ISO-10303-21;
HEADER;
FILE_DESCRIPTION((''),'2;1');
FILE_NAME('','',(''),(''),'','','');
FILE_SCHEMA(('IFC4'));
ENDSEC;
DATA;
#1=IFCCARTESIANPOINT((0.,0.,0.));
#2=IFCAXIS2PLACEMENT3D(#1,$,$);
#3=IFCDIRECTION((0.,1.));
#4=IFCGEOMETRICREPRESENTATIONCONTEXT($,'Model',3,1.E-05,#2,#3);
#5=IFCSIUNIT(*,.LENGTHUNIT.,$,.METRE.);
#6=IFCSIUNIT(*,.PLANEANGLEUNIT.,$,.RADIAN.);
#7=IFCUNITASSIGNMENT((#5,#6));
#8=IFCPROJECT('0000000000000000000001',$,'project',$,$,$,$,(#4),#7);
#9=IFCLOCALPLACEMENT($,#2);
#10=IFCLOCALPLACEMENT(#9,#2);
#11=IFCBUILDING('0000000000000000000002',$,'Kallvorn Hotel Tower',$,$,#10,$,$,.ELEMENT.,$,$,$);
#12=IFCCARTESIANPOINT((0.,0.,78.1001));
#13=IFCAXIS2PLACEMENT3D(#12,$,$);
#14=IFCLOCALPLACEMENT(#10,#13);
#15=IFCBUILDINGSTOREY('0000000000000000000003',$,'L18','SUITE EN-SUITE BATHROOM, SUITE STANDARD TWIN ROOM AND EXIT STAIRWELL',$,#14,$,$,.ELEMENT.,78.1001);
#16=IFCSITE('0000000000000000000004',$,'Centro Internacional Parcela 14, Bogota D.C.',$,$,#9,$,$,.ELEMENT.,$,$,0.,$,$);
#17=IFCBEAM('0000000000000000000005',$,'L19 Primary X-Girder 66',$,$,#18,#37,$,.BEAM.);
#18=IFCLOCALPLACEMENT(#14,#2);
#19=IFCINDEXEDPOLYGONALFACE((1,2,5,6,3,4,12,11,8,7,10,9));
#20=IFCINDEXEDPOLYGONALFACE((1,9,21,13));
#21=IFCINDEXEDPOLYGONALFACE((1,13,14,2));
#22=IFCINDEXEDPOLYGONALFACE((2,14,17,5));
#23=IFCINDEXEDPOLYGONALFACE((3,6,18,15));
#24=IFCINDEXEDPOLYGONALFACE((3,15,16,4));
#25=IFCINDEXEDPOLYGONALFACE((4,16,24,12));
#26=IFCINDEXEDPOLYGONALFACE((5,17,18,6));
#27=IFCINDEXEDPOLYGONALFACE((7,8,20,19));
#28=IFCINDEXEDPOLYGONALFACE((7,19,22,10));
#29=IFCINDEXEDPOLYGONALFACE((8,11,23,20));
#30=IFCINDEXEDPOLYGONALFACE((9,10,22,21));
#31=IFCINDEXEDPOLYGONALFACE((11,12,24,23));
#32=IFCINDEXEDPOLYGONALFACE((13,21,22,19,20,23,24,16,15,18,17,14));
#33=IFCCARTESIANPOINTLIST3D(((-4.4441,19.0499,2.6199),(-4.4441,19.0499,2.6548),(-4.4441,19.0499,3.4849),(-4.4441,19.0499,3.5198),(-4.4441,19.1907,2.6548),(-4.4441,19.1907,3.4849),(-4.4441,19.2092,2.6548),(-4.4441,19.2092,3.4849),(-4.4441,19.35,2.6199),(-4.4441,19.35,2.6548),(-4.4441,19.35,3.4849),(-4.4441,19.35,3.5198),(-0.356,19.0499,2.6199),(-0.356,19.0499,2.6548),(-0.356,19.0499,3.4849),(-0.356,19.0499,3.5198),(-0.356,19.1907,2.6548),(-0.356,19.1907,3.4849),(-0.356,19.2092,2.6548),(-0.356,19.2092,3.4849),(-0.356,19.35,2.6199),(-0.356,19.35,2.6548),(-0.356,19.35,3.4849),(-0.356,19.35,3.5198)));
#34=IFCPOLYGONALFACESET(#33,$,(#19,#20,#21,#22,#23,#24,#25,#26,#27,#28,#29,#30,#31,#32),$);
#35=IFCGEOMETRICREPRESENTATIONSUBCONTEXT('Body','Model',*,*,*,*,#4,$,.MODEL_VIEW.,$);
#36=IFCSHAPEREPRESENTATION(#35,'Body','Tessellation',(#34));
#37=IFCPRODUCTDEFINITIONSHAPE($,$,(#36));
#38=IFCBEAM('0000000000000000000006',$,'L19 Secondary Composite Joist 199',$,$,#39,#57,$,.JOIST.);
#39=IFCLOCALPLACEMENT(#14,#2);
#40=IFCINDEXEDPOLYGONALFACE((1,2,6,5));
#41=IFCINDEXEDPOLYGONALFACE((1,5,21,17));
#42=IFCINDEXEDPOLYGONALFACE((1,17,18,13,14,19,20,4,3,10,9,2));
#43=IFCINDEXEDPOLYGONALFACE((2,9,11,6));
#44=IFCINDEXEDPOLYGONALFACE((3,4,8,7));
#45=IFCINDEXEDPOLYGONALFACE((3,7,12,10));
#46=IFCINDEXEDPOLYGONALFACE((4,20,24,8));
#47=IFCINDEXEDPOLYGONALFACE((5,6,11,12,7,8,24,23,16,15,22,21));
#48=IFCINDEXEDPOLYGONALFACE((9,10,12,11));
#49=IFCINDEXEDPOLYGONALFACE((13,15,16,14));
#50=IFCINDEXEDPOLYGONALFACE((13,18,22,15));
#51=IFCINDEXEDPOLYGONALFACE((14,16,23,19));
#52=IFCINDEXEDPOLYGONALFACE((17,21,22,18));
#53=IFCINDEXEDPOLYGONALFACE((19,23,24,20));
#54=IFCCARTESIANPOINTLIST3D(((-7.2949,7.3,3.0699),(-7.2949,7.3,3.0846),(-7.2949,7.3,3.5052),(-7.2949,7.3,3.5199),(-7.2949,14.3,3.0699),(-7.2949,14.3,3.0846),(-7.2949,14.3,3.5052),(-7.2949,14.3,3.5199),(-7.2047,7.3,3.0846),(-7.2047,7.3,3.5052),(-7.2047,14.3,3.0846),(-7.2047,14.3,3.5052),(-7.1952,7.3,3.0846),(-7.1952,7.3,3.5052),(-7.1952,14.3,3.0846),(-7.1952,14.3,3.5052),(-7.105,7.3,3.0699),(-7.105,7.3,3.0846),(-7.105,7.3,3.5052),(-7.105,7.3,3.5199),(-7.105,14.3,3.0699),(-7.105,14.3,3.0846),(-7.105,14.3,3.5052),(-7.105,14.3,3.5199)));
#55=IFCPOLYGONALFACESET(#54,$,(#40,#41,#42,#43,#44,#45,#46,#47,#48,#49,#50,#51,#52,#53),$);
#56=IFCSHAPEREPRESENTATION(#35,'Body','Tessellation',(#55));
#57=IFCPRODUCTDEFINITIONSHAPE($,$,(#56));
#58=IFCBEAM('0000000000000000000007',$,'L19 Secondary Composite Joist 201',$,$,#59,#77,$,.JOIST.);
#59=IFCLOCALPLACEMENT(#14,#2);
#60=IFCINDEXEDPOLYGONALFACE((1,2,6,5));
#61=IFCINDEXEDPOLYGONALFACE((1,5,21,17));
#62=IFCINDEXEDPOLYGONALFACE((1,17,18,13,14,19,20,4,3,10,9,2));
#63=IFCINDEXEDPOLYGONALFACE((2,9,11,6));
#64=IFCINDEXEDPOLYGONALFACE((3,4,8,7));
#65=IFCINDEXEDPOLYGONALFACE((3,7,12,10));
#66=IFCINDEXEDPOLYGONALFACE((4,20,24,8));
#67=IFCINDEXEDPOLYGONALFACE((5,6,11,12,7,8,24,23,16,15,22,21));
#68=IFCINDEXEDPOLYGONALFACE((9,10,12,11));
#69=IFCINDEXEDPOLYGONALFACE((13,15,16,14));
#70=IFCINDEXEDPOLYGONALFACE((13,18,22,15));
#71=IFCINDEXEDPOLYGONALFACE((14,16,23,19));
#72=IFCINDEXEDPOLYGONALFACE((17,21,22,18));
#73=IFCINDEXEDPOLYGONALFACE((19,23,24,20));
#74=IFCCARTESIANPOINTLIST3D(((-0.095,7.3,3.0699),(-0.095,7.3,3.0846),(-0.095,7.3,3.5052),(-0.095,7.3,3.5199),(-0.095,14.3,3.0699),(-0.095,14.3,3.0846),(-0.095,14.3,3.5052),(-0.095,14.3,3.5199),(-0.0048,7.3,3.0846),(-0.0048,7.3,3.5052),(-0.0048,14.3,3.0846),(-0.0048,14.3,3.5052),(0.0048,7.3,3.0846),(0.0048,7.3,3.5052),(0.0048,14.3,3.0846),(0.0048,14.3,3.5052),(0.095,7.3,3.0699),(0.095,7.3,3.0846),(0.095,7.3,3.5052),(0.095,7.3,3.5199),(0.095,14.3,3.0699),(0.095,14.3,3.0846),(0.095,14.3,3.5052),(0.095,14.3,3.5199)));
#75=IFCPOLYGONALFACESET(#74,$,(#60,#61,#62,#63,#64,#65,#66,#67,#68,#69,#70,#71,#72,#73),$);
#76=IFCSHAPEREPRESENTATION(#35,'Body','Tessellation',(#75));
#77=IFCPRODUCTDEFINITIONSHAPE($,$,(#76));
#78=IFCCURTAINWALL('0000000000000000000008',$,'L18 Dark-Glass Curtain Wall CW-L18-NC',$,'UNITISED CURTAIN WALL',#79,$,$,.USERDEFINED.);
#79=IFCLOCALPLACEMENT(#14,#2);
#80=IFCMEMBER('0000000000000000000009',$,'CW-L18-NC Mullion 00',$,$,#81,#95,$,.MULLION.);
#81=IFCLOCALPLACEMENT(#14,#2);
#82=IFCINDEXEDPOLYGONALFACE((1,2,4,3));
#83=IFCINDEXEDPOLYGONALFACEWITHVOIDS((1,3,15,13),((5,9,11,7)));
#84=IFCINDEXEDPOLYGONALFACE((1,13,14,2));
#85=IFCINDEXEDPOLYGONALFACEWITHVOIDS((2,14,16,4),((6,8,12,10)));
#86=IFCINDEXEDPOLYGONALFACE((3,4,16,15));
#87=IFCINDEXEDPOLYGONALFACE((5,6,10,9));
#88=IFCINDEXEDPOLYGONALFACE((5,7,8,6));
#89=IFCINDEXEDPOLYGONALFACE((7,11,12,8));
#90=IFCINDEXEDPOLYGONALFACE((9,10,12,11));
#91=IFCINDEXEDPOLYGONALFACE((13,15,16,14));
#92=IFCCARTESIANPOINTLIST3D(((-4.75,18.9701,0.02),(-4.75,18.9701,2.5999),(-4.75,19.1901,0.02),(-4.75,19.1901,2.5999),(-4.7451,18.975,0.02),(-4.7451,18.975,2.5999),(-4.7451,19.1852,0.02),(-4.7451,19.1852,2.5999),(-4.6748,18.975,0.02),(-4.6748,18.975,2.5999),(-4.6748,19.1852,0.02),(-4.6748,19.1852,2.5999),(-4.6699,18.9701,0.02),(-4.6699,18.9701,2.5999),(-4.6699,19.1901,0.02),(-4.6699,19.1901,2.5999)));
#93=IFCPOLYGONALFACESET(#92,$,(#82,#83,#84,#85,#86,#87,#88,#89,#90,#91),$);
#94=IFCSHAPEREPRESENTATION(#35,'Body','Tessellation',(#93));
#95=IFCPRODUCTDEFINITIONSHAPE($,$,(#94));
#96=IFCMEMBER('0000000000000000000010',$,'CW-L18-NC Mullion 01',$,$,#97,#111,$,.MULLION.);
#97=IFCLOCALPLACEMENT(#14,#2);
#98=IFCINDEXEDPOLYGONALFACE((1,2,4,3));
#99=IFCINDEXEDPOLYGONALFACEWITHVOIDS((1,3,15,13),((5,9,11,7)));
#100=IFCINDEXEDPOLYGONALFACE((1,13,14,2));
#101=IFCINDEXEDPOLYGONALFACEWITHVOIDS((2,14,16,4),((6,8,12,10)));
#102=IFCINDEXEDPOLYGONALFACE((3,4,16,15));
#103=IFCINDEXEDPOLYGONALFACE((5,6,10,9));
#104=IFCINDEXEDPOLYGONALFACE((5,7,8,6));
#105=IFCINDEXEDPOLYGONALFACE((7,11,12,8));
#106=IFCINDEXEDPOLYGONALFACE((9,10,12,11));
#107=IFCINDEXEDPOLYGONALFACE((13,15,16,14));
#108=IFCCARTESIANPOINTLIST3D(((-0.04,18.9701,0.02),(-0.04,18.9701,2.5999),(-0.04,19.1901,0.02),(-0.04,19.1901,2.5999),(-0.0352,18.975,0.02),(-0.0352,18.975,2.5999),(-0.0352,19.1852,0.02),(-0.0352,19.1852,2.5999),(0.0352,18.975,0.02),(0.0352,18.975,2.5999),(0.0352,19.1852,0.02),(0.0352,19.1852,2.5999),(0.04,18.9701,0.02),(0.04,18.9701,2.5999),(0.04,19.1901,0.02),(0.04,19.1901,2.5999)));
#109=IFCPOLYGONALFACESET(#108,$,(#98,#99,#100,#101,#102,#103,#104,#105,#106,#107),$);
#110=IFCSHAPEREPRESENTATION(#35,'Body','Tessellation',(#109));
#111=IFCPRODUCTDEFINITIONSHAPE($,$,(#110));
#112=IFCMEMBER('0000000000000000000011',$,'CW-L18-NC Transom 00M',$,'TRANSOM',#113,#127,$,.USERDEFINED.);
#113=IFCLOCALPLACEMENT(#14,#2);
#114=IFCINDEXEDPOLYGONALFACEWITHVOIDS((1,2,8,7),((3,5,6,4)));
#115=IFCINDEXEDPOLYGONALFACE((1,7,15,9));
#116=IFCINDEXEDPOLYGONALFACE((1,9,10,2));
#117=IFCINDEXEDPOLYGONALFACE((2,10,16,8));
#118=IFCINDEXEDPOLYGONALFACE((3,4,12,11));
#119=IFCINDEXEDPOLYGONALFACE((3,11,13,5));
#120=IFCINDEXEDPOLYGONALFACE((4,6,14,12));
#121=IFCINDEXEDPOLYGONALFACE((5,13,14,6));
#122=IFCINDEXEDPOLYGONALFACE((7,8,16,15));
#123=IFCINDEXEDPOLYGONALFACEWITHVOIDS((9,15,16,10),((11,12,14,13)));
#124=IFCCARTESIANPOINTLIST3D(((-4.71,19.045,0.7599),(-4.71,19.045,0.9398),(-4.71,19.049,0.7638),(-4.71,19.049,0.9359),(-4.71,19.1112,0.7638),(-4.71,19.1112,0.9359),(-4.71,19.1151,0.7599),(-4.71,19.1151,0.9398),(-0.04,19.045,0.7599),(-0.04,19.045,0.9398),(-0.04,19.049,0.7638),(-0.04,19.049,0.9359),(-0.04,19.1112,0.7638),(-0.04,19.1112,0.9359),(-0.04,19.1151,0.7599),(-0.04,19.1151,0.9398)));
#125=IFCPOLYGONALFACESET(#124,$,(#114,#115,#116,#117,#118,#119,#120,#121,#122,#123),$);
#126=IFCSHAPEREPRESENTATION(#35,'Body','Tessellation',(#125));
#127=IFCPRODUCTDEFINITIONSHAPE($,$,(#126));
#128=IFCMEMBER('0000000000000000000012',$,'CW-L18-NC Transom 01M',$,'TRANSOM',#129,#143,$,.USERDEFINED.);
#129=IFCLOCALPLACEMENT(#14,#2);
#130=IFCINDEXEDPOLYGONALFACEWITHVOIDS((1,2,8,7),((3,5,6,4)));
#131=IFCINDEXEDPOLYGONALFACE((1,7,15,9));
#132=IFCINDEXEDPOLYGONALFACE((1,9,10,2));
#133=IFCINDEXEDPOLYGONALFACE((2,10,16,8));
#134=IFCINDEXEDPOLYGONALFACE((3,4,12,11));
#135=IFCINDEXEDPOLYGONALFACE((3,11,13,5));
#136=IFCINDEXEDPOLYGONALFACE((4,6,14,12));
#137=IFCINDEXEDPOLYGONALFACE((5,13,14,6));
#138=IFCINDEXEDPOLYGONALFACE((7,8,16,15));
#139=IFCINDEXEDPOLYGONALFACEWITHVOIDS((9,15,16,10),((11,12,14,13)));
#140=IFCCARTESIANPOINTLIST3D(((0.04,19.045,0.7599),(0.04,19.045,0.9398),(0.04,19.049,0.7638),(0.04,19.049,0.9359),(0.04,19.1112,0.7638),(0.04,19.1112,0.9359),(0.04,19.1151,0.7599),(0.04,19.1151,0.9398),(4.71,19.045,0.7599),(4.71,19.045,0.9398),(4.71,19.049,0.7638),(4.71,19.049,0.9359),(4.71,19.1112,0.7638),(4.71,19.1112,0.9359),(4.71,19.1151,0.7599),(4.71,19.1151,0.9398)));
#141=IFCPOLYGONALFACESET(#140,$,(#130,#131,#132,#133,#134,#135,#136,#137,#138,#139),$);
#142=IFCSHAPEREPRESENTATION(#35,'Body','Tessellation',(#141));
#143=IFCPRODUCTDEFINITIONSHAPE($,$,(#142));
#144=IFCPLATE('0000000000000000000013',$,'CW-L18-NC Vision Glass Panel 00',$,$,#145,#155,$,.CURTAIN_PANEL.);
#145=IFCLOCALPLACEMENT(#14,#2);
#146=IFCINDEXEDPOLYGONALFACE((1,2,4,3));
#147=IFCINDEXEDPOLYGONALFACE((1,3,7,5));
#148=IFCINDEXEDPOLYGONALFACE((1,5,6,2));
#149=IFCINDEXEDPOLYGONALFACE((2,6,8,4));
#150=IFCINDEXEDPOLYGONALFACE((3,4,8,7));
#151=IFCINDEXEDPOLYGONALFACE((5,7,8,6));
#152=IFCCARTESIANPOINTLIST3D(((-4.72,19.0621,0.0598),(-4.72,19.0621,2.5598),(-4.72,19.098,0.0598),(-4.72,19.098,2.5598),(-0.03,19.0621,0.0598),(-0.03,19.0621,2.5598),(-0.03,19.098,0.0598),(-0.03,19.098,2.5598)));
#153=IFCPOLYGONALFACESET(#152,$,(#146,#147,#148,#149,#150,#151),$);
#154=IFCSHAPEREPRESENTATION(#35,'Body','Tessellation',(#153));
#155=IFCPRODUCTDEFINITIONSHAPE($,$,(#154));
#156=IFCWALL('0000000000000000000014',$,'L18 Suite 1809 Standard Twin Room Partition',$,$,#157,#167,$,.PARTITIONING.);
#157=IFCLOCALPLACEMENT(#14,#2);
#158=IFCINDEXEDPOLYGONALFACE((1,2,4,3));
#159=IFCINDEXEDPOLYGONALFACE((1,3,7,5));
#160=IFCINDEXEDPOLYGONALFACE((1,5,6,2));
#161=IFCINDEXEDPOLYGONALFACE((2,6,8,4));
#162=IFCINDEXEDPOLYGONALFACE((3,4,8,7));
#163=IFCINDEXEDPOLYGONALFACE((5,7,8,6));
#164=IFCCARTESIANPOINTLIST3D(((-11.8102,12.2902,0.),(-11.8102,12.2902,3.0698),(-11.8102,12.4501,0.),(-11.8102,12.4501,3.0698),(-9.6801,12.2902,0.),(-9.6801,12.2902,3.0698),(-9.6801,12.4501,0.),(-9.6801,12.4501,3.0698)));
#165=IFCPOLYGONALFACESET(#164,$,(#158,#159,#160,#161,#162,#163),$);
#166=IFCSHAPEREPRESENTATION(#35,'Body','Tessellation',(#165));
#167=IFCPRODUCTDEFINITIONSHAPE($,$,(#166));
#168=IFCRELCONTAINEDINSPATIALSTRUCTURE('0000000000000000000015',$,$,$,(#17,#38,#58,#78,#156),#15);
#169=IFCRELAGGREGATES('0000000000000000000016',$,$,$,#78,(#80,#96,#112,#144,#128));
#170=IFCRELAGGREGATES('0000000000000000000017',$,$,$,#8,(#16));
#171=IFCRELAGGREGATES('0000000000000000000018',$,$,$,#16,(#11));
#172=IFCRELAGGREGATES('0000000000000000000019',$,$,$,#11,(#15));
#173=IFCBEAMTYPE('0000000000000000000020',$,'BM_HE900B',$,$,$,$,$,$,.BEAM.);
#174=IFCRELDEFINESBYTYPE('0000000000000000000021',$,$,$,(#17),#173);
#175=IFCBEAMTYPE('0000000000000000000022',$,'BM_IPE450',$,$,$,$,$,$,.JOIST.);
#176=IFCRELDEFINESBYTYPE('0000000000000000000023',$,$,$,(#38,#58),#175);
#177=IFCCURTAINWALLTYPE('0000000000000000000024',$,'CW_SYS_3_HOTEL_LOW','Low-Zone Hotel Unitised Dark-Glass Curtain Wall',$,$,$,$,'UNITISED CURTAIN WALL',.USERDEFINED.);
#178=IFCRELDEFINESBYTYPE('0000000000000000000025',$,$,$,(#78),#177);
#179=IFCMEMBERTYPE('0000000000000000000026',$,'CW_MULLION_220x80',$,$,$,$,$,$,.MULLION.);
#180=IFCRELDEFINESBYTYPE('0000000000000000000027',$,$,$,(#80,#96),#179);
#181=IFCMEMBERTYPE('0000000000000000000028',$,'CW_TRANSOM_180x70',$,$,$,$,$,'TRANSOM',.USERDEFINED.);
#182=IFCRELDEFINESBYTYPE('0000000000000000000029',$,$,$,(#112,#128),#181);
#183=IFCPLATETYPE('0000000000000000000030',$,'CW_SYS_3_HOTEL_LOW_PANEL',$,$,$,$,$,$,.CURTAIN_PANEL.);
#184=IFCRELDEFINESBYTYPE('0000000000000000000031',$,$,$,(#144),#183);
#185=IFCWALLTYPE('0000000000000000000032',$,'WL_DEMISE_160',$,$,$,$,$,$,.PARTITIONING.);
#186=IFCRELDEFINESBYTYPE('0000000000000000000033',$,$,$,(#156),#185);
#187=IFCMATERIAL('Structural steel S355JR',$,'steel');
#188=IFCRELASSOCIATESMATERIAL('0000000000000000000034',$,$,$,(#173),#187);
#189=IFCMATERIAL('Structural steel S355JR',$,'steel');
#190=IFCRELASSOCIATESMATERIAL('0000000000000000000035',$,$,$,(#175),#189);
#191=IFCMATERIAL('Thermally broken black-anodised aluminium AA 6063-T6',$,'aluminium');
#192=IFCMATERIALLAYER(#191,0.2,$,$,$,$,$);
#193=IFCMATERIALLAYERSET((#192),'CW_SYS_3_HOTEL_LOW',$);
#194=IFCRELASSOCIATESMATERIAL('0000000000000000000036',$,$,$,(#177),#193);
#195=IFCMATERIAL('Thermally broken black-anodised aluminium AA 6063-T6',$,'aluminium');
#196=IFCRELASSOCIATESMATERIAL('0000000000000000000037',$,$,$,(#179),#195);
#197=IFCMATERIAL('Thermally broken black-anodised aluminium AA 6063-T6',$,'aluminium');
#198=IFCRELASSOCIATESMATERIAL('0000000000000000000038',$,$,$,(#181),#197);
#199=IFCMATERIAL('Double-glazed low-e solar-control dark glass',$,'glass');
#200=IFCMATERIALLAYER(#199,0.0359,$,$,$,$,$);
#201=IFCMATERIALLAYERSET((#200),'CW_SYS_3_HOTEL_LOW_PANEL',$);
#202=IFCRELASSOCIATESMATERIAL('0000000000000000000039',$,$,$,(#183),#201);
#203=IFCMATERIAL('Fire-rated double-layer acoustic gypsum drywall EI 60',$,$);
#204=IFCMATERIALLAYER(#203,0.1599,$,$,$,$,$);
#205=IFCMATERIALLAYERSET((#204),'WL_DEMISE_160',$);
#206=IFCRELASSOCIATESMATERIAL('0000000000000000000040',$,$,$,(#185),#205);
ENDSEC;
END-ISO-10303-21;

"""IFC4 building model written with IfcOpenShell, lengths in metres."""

from ifc_helpers import new_model, si_unit, direction, frame, frame_2d, origin, origin_2d, place, context, subcontext, project, spatial, rectangle, hollow_rectangle, i_section, extrude, material, layer, layer_set, material_profile, profile_set, type_object, element, aggregate, save


model = new_model("IFC4")

# Units and contexts
model_context = context("Model", 3, precision=1e-05, world=origin(), true_north=direction((0.0, 1.0)))
body_context = subcontext(model_context, "Body", "Model", "MODEL_VIEW")
ifc_project = project(units=[si_unit("LENGTHUNIT", "METRE"), si_unit("PLANEANGLEUNIT", "RADIAN")], contexts=[model_context])

# Site, building, storey
site_placement = place(None, origin())
site = spatial("IfcSite", under=ifc_project, at=site_placement, Name="Centro Internacional Parcela 14, Bogota D.C.", CompositionType="ELEMENT", RefElevation=0.0)
building_placement = place(site_placement, origin())
building = spatial("IfcBuilding", under=site, at=building_placement, Name="Kallvorn Hotel Tower", CompositionType="ELEMENT")
storey_placement = place(building_placement, frame((0.0, 0.0, 78.1001)))
storey = spatial("IfcBuildingStorey", under=building, at=storey_placement, Name="L18", Description="SUITE EN-SUITE BATHROOM, SUITE STANDARD TWIN ROOM AND EXIT STAIRWELL", CompositionType="ELEMENT", Elevation=78.1001)

# Beams
ifc_material_1 = material(Name="Structural steel S355JR", Category="steel")
ifc_material_profile_1 = material_profile(ifc_material_1, i_section(OverallWidth=0.3, OverallDepth=0.8999, WebThickness=0.0186, FlangeThickness=0.0349, at=origin_2d()), Name="HE 900 B")
ifc_profile_set_1 = profile_set([ifc_material_profile_1], Name="Structural steel S355JR")
beam_type_1 = type_object("IfcBeamType", Name="BM_HE900B", PredefinedType="BEAM", material=ifc_profile_set_1)
beam_1_placement = place(storey_placement, frame((-4.4441, 19.2, 3.0698), z_axis=(1.0, 0.0, 0.0), x_axis=(0.0, 1.0, 0.0)))
element("IfcBeam", 1, at=beam_1_placement, inside=storey, type_object=beam_type_1, Name="L19 Primary X-Girder 66", PredefinedType="BEAM", context=body_context, shape_type="SweptSolid", body=[
    extrude(i_section(OverallWidth=0.3, OverallDepth=0.8999, WebThickness=0.0186, FlangeThickness=0.0349, at=origin_2d()), origin(), (0.0, 0.0, 1.0), 4.0881),
])
ifc_material_2 = material(Name="Structural steel S355JR", Category="steel")
ifc_material_profile_2 = material_profile(ifc_material_2, i_section(OverallWidth=0.1899, OverallDepth=0.45, WebThickness=0.0095, FlangeThickness=0.0146, at=origin_2d()), Name="IPE 450")
ifc_profile_set_2 = profile_set([ifc_material_profile_2], Name="Structural steel S355JR")
beam_type_2 = type_object("IfcBeamType", Name="BM_IPE450", PredefinedType="JOIST", material=ifc_profile_set_2)
for number, where, z_axis, x_axis, name in (
    (2, (-7.2, 7.3, 3.2949), (0.0, 1.0, 0.0), (-1.0, 0.0, 0.0), "L19 Secondary Composite Joist 199"),
    (3, (0.0, 7.3, 3.2949), (0.0, 1.0, 0.0), (-1.0, 0.0, 0.0), "L19 Secondary Composite Joist 201"),
):
    element("IfcBeam", number, at=place(storey_placement, frame(where, z_axis=z_axis, x_axis=x_axis)), inside=storey, type_object=beam_type_2, Name=name, PredefinedType="JOIST", context=body_context, shape_type="SweptSolid", body=[
        extrude(i_section(OverallWidth=0.1899, OverallDepth=0.45, WebThickness=0.0095, FlangeThickness=0.0146, at=origin_2d()), origin(), (0.0, 0.0, 1.0), 7.0),
    ])

# Curtain wall, members, plate
ifc_material_3 = material(Name="Thermally broken black-anodised aluminium AA 6063-T6", Category="aluminium")
ifc_layer_1 = layer(ifc_material_3, 0.2)
ifc_layer_set_1 = layer_set([ifc_layer_1], Name="CW_SYS_3_HOTEL_LOW")
curtain_wall_type = type_object("IfcCurtainWallType", Name="CW_SYS_3_HOTEL_LOW", Description="Low-Zone Hotel Unitised Dark-Glass Curtain Wall", ElementType="UNITISED CURTAIN WALL", PredefinedType="USERDEFINED", material=ifc_layer_set_1)
curtain_wall_placement = place(storey_placement, origin())
curtain_wall = element("IfcCurtainWall", 4, at=curtain_wall_placement, inside=storey, type_object=curtain_wall_type, Name="L18 Dark-Glass Curtain Wall CW-L18-NC", ObjectType="UNITISED CURTAIN WALL", PredefinedType="USERDEFINED")
ifc_material_4 = material(Name="Thermally broken black-anodised aluminium AA 6063-T6", Category="aluminium")
ifc_material_profile_3 = material_profile(ifc_material_4, hollow_rectangle(XDim=0.0801, YDim=0.22, WallThickness=0.0049, at=origin_2d()), Name="MUL 220x80")
ifc_profile_set_3 = profile_set([ifc_material_profile_3], Name="Thermally broken black-anodised aluminium AA 6063-T6")
member_type_1 = type_object("IfcMemberType", Name="CW_MULLION_220x80", PredefinedType="MULLION", material=ifc_profile_set_3)
member_1_placement = place(storey_placement, frame((-4.71, 19.0801, 0.02), z_axis=(0.0, 0.0, 1.0), x_axis=(1.0, 0.0, 0.0)))
member_1 = element("IfcMember", 5, at=member_1_placement, type_object=member_type_1, Name="CW-L18-NC Mullion 00", PredefinedType="MULLION", context=body_context, shape_type="SweptSolid", body=[
    extrude(hollow_rectangle(XDim=0.0801, YDim=0.22, WallThickness=0.0049, at=origin_2d()), origin(), (0.0, 0.0, 1.0), 2.5798),
])
member_2_placement = place(storey_placement, frame((0.0, 19.0801, 0.02), z_axis=(0.0, 0.0, 1.0), x_axis=(1.0, 0.0, 0.0)))
member_2 = element("IfcMember", 6, at=member_2_placement, type_object=member_type_1, Name="CW-L18-NC Mullion 01", PredefinedType="MULLION", context=body_context, shape_type="SweptSolid", body=[
    extrude(hollow_rectangle(XDim=0.0801, YDim=0.22, WallThickness=0.0049, at=origin_2d()), origin(), (0.0, 0.0, 1.0), 2.5798),
])
ifc_material_5 = material(Name="Thermally broken black-anodised aluminium AA 6063-T6", Category="aluminium")
ifc_material_profile_4 = material_profile(ifc_material_5, hollow_rectangle(XDim=0.0701, YDim=0.1799, WallThickness=0.0039, at=origin_2d()), Name="TRN 180x70")
ifc_profile_set_4 = profile_set([ifc_material_profile_4], Name="Thermally broken black-anodised aluminium AA 6063-T6")
member_type_2 = type_object("IfcMemberType", Name="CW_TRANSOM_180x70", ElementType="TRANSOM", PredefinedType="USERDEFINED", material=ifc_profile_set_4)
member_3_placement = place(storey_placement, frame((-4.71, 19.0801, 0.8499), z_axis=(1.0, 0.0, 0.0), x_axis=(0.0, 1.0, 0.0)))
member_3 = element("IfcMember", 7, at=member_3_placement, type_object=member_type_2, Name="CW-L18-NC Transom 00M", ObjectType="TRANSOM", PredefinedType="USERDEFINED", context=body_context, shape_type="SweptSolid", body=[
    extrude(hollow_rectangle(XDim=0.0701, YDim=0.1799, WallThickness=0.0039, at=origin_2d()), origin(), (0.0, 0.0, 1.0), 4.6699),
])
member_4_placement = place(storey_placement, frame((0.04, 19.0801, 0.8499), z_axis=(1.0, 0.0, 0.0), x_axis=(0.0, 1.0, 0.0)))
member_4 = element("IfcMember", 8, at=member_4_placement, type_object=member_type_2, Name="CW-L18-NC Transom 01M", ObjectType="TRANSOM", PredefinedType="USERDEFINED", context=body_context, shape_type="SweptSolid", body=[
    extrude(hollow_rectangle(XDim=0.0701, YDim=0.1799, WallThickness=0.0039, at=origin_2d()), origin(), (0.0, 0.0, 1.0), 4.6699),
])
ifc_material_6 = material(Name="Double-glazed low-e solar-control dark glass", Category="glass")
ifc_layer_2 = layer(ifc_material_6, 0.0359)
ifc_layer_set_2 = layer_set([ifc_layer_2], Name="CW_SYS_3_HOTEL_LOW_PANEL")
plate_type = type_object("IfcPlateType", Name="CW_SYS_3_HOTEL_LOW_PANEL", PredefinedType="CURTAIN_PANEL", material=ifc_layer_set_2)
plate_placement = place(storey_placement, frame((-2.375, 19.0801, 0.0598), z_axis=(0.0, 0.0, 1.0), x_axis=(1.0, 0.0, 0.0)))
plate = element("IfcPlate", 9, at=plate_placement, type_object=plate_type, Name="CW-L18-NC Vision Glass Panel 00", PredefinedType="CURTAIN_PANEL", context=body_context, shape_type="SweptSolid", body=[
    extrude(rectangle(XDim=4.6899, YDim=0.0359, at=origin_2d()), origin(), (0.0, 0.0, 1.0), 2.5),
])
aggregate(curtain_wall, [member_1, member_2, member_3, plate, member_4])

# Wall
ifc_material_7 = material(Name="Fire-rated double-layer acoustic gypsum drywall EI 60")
ifc_layer_3 = layer(ifc_material_7, 0.1599)
ifc_layer_set_3 = layer_set([ifc_layer_3], Name="WL_DEMISE_160")
wall_type = type_object("IfcWallType", Name="WL_DEMISE_160", PredefinedType="PARTITIONING", material=ifc_layer_set_3)
wall_1_placement = place(storey_placement, frame((-11.8101, 12.3701, 0.0), z_axis=(0.0, 0.0, 1.0), x_axis=(1.0, 0.0, 0.0)))
element("IfcWall", 10, at=wall_1_placement, inside=storey, type_object=wall_type, Name="L18 Suite 1809 Standard Twin Room Partition", PredefinedType="PARTITIONING", context=body_context, shape_type="SweptSolid", body=[
    extrude(rectangle(XDim=2.1301, YDim=0.1599, at=frame_2d((1.0649, 0.0))), origin(), (0.0, 0.0, 1.0), 3.0698),
])

save(model, "model.ifc")
